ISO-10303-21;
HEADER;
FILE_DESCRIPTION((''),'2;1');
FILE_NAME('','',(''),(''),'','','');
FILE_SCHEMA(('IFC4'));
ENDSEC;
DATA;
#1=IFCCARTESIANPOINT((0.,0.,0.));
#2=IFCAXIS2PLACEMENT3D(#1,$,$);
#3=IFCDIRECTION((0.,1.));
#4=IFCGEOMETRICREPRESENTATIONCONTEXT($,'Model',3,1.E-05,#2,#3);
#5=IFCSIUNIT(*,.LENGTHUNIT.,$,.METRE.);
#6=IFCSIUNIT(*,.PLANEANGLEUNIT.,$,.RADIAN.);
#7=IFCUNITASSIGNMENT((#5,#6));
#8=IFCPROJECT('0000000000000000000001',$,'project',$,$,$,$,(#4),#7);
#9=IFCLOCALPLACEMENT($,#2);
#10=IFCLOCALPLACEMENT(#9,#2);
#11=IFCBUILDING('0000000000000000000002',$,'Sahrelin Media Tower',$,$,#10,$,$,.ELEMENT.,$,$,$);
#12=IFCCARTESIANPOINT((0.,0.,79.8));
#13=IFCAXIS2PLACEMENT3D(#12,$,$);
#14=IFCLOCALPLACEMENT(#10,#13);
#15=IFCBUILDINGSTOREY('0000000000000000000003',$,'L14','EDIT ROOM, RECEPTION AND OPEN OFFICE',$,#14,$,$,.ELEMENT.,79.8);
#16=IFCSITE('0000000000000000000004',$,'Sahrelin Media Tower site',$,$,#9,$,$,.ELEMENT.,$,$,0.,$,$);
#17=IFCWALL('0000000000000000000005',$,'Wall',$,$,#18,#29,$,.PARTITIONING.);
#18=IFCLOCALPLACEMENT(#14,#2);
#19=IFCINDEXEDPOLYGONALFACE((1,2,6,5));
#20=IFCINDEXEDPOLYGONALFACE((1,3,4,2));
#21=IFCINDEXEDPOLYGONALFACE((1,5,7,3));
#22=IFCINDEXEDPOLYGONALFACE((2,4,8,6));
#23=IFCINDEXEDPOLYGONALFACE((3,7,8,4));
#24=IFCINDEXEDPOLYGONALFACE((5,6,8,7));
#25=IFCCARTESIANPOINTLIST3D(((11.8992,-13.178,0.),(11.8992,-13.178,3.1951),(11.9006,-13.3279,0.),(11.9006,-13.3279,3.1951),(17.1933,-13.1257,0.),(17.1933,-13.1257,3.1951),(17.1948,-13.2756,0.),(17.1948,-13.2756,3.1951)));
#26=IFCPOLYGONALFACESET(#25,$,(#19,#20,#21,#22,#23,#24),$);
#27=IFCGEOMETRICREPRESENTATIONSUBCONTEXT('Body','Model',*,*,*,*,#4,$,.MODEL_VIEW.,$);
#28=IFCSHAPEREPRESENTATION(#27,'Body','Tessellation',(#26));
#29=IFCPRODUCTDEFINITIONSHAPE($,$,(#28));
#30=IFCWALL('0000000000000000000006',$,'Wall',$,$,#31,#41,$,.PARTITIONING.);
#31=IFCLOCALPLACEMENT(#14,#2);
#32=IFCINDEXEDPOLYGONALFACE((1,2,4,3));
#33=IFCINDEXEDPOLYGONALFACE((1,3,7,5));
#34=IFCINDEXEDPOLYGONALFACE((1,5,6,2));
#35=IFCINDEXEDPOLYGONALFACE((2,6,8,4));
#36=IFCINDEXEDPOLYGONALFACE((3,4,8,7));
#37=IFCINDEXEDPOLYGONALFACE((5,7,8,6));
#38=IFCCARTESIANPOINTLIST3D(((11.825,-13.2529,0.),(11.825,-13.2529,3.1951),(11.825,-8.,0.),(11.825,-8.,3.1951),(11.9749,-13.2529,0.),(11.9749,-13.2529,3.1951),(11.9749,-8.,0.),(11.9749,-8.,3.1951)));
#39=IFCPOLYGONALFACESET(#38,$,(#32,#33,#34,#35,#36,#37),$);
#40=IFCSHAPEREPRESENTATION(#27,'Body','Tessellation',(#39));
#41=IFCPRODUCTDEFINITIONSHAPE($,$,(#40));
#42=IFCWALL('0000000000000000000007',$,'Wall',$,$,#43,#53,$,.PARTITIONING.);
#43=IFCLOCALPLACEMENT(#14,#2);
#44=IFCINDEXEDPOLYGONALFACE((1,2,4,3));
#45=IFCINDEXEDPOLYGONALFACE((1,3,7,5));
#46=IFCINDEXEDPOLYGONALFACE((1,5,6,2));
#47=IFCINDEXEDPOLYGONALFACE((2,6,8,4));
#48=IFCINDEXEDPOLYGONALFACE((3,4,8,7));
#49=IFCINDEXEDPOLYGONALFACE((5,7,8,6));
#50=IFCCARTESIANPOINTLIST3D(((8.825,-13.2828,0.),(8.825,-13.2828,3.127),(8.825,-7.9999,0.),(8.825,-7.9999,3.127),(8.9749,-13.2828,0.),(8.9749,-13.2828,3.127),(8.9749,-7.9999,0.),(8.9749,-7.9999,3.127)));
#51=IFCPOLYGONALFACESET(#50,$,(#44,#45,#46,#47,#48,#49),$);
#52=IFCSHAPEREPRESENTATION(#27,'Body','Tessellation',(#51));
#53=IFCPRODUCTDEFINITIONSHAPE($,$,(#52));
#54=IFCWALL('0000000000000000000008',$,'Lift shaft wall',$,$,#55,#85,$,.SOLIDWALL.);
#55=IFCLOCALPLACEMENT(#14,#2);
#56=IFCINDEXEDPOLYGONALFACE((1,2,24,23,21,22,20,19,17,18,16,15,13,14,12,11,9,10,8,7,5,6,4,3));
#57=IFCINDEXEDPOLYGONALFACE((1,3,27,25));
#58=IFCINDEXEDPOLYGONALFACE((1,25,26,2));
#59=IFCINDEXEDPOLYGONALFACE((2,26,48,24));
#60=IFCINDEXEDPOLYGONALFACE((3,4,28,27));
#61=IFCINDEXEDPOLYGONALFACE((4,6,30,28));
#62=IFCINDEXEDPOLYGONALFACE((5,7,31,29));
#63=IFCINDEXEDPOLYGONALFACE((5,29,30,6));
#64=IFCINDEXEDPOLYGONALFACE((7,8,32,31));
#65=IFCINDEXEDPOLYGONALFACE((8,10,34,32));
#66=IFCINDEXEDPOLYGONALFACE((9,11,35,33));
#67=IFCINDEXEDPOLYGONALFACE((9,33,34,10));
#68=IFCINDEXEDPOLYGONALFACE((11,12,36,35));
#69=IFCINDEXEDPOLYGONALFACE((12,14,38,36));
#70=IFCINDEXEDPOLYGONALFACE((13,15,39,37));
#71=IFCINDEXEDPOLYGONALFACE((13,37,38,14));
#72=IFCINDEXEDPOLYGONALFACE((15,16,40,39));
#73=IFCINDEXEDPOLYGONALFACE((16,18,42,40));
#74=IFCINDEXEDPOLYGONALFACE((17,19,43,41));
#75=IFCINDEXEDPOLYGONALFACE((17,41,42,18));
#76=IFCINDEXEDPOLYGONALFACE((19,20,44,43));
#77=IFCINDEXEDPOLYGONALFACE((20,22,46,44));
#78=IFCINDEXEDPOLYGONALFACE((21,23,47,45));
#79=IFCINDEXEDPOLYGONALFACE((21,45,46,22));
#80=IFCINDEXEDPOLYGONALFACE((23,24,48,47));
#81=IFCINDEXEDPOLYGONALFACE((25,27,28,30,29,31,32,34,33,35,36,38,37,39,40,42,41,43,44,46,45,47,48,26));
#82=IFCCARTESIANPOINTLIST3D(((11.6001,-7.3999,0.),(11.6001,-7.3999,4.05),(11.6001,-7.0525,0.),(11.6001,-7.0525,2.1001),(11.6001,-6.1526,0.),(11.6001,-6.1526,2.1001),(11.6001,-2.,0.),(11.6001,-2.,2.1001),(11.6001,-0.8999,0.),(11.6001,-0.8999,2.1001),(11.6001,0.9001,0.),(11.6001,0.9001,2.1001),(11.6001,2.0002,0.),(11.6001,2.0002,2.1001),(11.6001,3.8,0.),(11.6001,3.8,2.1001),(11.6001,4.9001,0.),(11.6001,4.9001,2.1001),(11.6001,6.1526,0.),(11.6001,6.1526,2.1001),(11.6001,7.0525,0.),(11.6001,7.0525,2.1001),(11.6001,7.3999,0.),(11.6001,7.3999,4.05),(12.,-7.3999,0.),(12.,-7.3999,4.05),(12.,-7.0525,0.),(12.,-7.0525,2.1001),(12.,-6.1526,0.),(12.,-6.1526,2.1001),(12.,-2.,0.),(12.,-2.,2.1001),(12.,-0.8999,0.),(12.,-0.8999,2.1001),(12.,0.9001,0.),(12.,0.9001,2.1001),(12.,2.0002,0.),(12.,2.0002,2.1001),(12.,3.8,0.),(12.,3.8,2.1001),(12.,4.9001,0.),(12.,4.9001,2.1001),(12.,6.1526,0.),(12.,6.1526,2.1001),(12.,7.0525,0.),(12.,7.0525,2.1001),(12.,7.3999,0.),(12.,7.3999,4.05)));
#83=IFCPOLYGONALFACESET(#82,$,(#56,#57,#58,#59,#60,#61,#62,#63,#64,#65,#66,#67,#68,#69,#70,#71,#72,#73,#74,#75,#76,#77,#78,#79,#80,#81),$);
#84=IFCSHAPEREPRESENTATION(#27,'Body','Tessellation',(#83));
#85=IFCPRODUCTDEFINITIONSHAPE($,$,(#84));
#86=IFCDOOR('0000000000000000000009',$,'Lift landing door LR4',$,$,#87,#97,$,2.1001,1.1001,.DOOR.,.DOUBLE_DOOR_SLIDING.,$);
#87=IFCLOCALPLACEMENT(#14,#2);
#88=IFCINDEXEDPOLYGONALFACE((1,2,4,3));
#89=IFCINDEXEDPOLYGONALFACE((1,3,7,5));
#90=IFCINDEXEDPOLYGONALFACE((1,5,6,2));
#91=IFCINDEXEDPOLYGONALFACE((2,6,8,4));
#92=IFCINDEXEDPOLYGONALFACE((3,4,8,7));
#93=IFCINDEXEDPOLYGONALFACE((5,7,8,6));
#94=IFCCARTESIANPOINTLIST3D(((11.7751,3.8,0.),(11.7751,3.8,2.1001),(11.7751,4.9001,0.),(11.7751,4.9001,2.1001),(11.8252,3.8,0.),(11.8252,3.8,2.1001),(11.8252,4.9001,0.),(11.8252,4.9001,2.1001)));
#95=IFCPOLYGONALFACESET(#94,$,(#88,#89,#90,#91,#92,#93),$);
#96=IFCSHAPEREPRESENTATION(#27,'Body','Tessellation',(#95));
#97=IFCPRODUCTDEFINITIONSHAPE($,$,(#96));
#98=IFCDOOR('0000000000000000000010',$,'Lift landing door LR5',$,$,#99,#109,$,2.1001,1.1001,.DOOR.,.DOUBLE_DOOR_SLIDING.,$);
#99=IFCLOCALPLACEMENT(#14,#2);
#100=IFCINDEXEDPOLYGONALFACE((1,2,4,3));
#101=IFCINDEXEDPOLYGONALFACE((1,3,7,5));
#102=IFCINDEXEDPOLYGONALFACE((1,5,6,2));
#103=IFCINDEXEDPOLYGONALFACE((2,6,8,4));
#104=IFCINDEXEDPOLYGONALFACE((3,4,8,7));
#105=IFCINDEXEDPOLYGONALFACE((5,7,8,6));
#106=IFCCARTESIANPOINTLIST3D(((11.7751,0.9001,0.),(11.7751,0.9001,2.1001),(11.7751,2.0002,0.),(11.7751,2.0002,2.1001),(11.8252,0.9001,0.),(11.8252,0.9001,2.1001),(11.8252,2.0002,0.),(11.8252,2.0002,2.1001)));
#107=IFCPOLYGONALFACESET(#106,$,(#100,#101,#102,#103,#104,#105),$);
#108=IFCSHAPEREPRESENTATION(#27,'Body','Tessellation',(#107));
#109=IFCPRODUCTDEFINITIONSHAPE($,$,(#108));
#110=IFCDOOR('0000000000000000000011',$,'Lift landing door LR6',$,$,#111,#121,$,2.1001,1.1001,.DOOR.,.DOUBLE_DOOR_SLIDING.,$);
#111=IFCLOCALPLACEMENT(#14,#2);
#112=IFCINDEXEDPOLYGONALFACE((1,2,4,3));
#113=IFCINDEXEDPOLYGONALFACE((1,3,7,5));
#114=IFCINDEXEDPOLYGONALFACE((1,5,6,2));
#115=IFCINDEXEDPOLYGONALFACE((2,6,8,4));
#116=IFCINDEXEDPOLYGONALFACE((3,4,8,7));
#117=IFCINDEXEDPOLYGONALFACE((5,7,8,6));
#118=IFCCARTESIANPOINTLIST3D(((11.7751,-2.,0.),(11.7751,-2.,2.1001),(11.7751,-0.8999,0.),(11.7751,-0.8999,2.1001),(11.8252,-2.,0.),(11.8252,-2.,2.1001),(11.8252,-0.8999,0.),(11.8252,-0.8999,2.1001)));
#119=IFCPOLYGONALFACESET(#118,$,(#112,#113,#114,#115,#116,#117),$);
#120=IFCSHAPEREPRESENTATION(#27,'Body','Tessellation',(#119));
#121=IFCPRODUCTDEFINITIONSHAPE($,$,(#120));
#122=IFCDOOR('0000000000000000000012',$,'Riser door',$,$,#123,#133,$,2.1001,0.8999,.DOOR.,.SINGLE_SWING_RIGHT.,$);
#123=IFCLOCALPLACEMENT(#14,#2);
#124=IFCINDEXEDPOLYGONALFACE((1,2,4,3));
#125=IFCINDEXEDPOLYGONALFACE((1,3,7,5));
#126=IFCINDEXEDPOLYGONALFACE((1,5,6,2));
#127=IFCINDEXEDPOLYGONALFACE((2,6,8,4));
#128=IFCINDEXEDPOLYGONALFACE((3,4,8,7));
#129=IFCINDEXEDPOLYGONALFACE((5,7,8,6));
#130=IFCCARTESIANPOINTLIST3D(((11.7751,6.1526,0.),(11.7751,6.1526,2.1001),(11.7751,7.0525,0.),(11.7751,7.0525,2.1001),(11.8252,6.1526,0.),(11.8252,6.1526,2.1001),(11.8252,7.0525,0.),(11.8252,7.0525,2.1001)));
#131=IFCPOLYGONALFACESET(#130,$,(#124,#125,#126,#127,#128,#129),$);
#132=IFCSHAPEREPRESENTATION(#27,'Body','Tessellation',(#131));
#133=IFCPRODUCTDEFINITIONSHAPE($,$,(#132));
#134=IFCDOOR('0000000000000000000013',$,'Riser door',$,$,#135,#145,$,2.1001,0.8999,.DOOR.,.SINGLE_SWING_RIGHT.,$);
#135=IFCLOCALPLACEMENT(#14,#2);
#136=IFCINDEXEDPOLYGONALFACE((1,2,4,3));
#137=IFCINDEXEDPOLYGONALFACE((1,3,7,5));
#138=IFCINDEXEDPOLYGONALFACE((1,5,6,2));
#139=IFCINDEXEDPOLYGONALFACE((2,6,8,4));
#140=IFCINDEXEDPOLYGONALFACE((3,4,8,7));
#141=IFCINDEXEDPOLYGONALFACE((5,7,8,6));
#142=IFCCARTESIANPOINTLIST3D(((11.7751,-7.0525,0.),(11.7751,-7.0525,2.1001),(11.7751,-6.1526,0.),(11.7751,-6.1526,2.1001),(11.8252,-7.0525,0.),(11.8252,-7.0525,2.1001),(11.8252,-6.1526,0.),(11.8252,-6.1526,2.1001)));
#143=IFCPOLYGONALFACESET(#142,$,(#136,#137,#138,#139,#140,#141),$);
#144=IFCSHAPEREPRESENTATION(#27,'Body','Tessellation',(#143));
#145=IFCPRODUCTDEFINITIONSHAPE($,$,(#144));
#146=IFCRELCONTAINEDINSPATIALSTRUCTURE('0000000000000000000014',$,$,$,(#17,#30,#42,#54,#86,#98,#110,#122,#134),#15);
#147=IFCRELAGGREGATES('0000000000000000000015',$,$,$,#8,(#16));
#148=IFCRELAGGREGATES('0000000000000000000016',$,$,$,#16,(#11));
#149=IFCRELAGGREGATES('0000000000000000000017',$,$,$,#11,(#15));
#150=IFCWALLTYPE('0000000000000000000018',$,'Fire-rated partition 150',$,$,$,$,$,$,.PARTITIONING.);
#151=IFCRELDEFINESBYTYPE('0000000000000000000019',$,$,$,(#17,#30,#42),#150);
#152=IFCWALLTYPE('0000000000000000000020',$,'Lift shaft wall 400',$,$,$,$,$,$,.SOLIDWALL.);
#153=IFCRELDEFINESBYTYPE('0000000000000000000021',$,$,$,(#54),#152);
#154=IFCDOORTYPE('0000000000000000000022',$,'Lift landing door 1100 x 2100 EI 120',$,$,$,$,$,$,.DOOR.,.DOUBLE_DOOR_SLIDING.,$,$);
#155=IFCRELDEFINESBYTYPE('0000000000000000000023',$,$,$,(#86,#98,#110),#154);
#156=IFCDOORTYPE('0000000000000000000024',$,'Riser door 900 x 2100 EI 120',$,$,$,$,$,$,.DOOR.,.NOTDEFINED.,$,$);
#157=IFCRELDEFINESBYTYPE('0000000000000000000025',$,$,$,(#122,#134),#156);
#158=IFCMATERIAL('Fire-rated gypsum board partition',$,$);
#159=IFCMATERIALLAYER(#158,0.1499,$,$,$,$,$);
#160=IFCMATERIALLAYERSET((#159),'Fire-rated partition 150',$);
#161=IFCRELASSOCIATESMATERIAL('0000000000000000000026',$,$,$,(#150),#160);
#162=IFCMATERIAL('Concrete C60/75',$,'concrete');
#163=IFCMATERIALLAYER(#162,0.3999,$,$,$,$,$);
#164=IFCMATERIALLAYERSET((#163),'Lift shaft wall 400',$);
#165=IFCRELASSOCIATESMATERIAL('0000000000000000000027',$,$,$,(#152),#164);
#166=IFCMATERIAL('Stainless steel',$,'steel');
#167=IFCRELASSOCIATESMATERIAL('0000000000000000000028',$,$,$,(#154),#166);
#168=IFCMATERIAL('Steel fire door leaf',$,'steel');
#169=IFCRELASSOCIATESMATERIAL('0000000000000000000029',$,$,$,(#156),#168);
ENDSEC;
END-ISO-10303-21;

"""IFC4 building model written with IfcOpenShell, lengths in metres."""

from ifc_helpers import new_model, si_unit, direction, frame, frame_2d, origin, place, context, subcontext, project, spatial, rectangle, extrude, material, layer, layer_set, type_object, element, fill, save


model = new_model("IFC4")

# Units and contexts
model_context = context("Model", 3, precision=1e-05, world=origin(), true_north=direction((0.0, 1.0)))
body_context = subcontext(model_context, "Body", "Model", "MODEL_VIEW")
ifc_project = project(units=[si_unit("LENGTHUNIT", "METRE"), si_unit("PLANEANGLEUNIT", "RADIAN")], contexts=[model_context])

# Site, building, storey
site_placement = place(None, origin())
site = spatial("IfcSite", under=ifc_project, at=site_placement, Name="Sahrelin Media Tower site", CompositionType="ELEMENT", RefElevation=0.0)
building_placement = place(site_placement, origin())
building = spatial("IfcBuilding", under=site, at=building_placement, Name="Sahrelin Media Tower", CompositionType="ELEMENT")
storey_placement = place(building_placement, frame((0.0, 0.0, 79.8)))
storey = spatial("IfcBuildingStorey", under=building, at=storey_placement, Name="L14", Description="EDIT ROOM, RECEPTION AND OPEN OFFICE", CompositionType="ELEMENT", Elevation=79.8)

# Walls
ifc_material_1 = material(Name="Fire-rated gypsum board partition")
ifc_layer_1 = layer(ifc_material_1, 0.1499)
ifc_layer_set_1 = layer_set([ifc_layer_1], Name="Fire-rated partition 150")
wall_type_1 = type_object("IfcWallType", Name="Fire-rated partition 150", PredefinedType="PARTITIONING", material=ifc_layer_set_1)
wall_1_placement = place(storey_placement, frame((11.8999, -13.2529, 0.0), z_axis=(0.0, 0.0, 1.0), x_axis=(0.999951, 0.009868, 0.0)))
element("IfcWall", 1, at=wall_1_placement, inside=storey, type_object=wall_type_1, Name="Wall", PredefinedType="PARTITIONING", context=body_context, shape_type="SweptSolid", body=[
    extrude(rectangle(XDim=5.2944, YDim=0.1499, at=frame_2d((2.6472, 0.0))), origin(), (0.0, 0.0, 1.0), 3.1951),
])
wall_2_placement = place(storey_placement, frame((11.8999, -13.2529, 0.0), z_axis=(0.0, 0.0, 1.0), x_axis=(0.0, 1.0, 0.0)))
element("IfcWall", 2, at=wall_2_placement, inside=storey, type_object=wall_type_1, Name="Wall", PredefinedType="PARTITIONING", context=body_context, shape_type="SweptSolid", body=[
    extrude(rectangle(XDim=5.2529, YDim=0.1499, at=frame_2d((2.6265, 0.0))), origin(), (0.0, 0.0, 1.0), 3.1951),
])
wall_3_placement = place(storey_placement, frame((8.8999, -13.283, 0.0), z_axis=(0.0, 0.0, 1.0), x_axis=(0.0, 1.0, 0.0)))
element("IfcWall", 3, at=wall_3_placement, inside=storey, type_object=wall_type_1, Name="Wall", PredefinedType="PARTITIONING", context=body_context, shape_type="SweptSolid", body=[
    extrude(rectangle(XDim=5.283, YDim=0.1499, at=frame_2d((2.6416, 0.0))), origin(), (0.0, 0.0, 1.0), 3.127),
])

# Wall, openings, doors
ifc_material_2 = material(Name="Concrete C60/75", Category="concrete")
ifc_layer_2 = layer(ifc_material_2, 0.3999)
ifc_layer_set_2 = layer_set([ifc_layer_2], Name="Lift shaft wall 400")
wall_type_2 = type_object("IfcWallType", Name="Lift shaft wall 400", PredefinedType="SOLIDWALL", material=ifc_layer_set_2)
wall_4_placement = place(storey_placement, frame((11.8, -7.3999, 0.0), z_axis=(0.0, 0.0, 1.0), x_axis=(0.0, 1.0, 0.0)))
wall_4 = element("IfcWall", 4, at=wall_4_placement, inside=storey, type_object=wall_type_2, Name="Lift shaft wall", PredefinedType="SOLIDWALL", context=body_context, shape_type="SweptSolid", body=[
    extrude(rectangle(XDim=14.7998, YDim=0.3999, at=frame_2d((7.3999, 0.0))), origin(), (0.0, 0.0, 1.0), 4.05),
])
opening_1_placement = place(wall_4_placement, frame((11.2, 0.0, 0.0)))
opening_1 = element("IfcOpeningElement", 5, at=opening_1_placement, cuts=wall_4, PredefinedType="OPENING", context=body_context, shape_type="SweptSolid", body=[
    extrude(rectangle(XDim=1.1001, YDim=2.1001, at=frame_2d((0.55, 1.05))), frame((0.0, 0.2, 0.0), z_axis=(0.0, -1.0, 0.0), x_axis=(1.0, 0.0, 0.0)), (0.0, 0.0, 1.0), 0.3999),
])
opening_2_placement = place(wall_4_placement, frame((8.3, 0.0, 0.0)))
opening_2 = element("IfcOpeningElement", 6, at=opening_2_placement, cuts=wall_4, PredefinedType="OPENING", context=body_context, shape_type="SweptSolid", body=[
    extrude(rectangle(XDim=1.1001, YDim=2.1001, at=frame_2d((0.55, 1.05))), frame((0.0, 0.2, 0.0), z_axis=(0.0, -1.0, 0.0), x_axis=(1.0, 0.0, 0.0)), (0.0, 0.0, 1.0), 0.3999),
])
opening_3_placement = place(wall_4_placement, frame((5.3999, 0.0, 0.0)))
opening_3 = element("IfcOpeningElement", 7, at=opening_3_placement, cuts=wall_4, PredefinedType="OPENING", context=body_context, shape_type="SweptSolid", body=[
    extrude(rectangle(XDim=1.1001, YDim=2.1001, at=frame_2d((0.55, 1.05))), frame((0.0, 0.2, 0.0), z_axis=(0.0, -1.0, 0.0), x_axis=(1.0, 0.0, 0.0)), (0.0, 0.0, 1.0), 0.3999),
])
opening_4_placement = place(wall_4_placement, frame((13.5525, 0.0, 0.0)))
opening_4 = element("IfcOpeningElement", 8, at=opening_4_placement, cuts=wall_4, PredefinedType="OPENING", context=body_context, shape_type="SweptSolid", body=[
    extrude(rectangle(XDim=0.8999, YDim=2.1001, at=frame_2d((0.45, 1.05))), frame((0.0, 0.2, 0.0), z_axis=(0.0, -1.0, 0.0), x_axis=(1.0, 0.0, 0.0)), (0.0, 0.0, 1.0), 0.3999),
])
opening_5_placement = place(wall_4_placement, frame((0.3474, 0.0, 0.0)))
opening_5 = element("IfcOpeningElement", 9, at=opening_5_placement, cuts=wall_4, PredefinedType="OPENING", context=body_context, shape_type="SweptSolid", body=[
    extrude(rectangle(XDim=0.8999, YDim=2.1001, at=frame_2d((0.45, 1.05))), frame((0.0, 0.2, 0.0), z_axis=(0.0, -1.0, 0.0), x_axis=(1.0, 0.0, 0.0)), (0.0, 0.0, 1.0), 0.3999),
])
ifc_material_3 = material(Name="Stainless steel", Category="steel")
door_type_1 = type_object("IfcDoorType", Name="Lift landing door 1100 x 2100 EI 120", OperationType="DOUBLE_DOOR_SLIDING", PredefinedType="DOOR", material=ifc_material_3)
door_1_placement = place(opening_1_placement, origin())
door_1 = element("IfcDoor", 10, at=door_1_placement, inside=storey, type_object=door_type_1, Name="Lift landing door LR4", OperationType="DOUBLE_DOOR_SLIDING", OverallHeight=2.1001, OverallWidth=1.1001, PredefinedType="DOOR", context=body_context, shape_type="SweptSolid", body=[
    extrude(rectangle(XDim=1.1001, YDim=2.1001, at=frame_2d((0.55, 1.05))), frame((0.0, 0.0249, 0.0), z_axis=(0.0, -1.0, 0.0), x_axis=(1.0, 0.0, 0.0)), (0.0, 0.0, 1.0), 0.05),
])
fill(opening_1, door_1)
door_2_placement = place(opening_2_placement, origin())
door_2 = element("IfcDoor", 11, at=door_2_placement, inside=storey, type_object=door_type_1, Name="Lift landing door LR5", OperationType="DOUBLE_DOOR_SLIDING", OverallHeight=2.1001, OverallWidth=1.1001, PredefinedType="DOOR", context=body_context, shape_type="SweptSolid", body=[
    extrude(rectangle(XDim=1.1001, YDim=2.1001, at=frame_2d((0.55, 1.05))), frame((0.0, 0.0249, 0.0), z_axis=(0.0, -1.0, 0.0), x_axis=(1.0, 0.0, 0.0)), (0.0, 0.0, 1.0), 0.05),
])
fill(opening_2, door_2)
door_3_placement = place(opening_3_placement, origin())
door_3 = element("IfcDoor", 12, at=door_3_placement, inside=storey, type_object=door_type_1, Name="Lift landing door LR6", OperationType="DOUBLE_DOOR_SLIDING", OverallHeight=2.1001, OverallWidth=1.1001, PredefinedType="DOOR", context=body_context, shape_type="SweptSolid", body=[
    extrude(rectangle(XDim=1.1001, YDim=2.1001, at=frame_2d((0.55, 1.05))), frame((0.0, 0.0249, 0.0), z_axis=(0.0, -1.0, 0.0), x_axis=(1.0, 0.0, 0.0)), (0.0, 0.0, 1.0), 0.05),
])
fill(opening_3, door_3)
ifc_material_4 = material(Name="Steel fire door leaf", Category="steel")
door_type_2 = type_object("IfcDoorType", Name="Riser door 900 x 2100 EI 120", OperationType="NOTDEFINED", PredefinedType="DOOR", material=ifc_material_4)
door_4_placement = place(opening_4_placement, origin())
door_4 = element("IfcDoor", 13, at=door_4_placement, inside=storey, type_object=door_type_2, Name="Riser door", OperationType="SINGLE_SWING_RIGHT", OverallHeight=2.1001, OverallWidth=0.8999, PredefinedType="DOOR", context=body_context, shape_type="SweptSolid", body=[
    extrude(rectangle(XDim=0.8999, YDim=2.1001, at=frame_2d((0.45, 1.05))), frame((0.0, 0.0249, 0.0), z_axis=(0.0, -1.0, 0.0), x_axis=(1.0, 0.0, 0.0)), (0.0, 0.0, 1.0), 0.05),
])
fill(opening_4, door_4)
door_5_placement = place(opening_5_placement, origin())
door_5 = element("IfcDoor", 14, at=door_5_placement, inside=storey, type_object=door_type_2, Name="Riser door", OperationType="SINGLE_SWING_RIGHT", OverallHeight=2.1001, OverallWidth=0.8999, PredefinedType="DOOR", context=body_context, shape_type="SweptSolid", body=[
    extrude(rectangle(XDim=0.8999, YDim=2.1001, at=frame_2d((0.45, 1.05))), frame((0.0, 0.0249, 0.0), z_axis=(0.0, -1.0, 0.0), x_axis=(1.0, 0.0, 0.0)), (0.0, 0.0, 1.0), 0.05),
])
fill(opening_5, door_5)

save(model, "model.ifc")
